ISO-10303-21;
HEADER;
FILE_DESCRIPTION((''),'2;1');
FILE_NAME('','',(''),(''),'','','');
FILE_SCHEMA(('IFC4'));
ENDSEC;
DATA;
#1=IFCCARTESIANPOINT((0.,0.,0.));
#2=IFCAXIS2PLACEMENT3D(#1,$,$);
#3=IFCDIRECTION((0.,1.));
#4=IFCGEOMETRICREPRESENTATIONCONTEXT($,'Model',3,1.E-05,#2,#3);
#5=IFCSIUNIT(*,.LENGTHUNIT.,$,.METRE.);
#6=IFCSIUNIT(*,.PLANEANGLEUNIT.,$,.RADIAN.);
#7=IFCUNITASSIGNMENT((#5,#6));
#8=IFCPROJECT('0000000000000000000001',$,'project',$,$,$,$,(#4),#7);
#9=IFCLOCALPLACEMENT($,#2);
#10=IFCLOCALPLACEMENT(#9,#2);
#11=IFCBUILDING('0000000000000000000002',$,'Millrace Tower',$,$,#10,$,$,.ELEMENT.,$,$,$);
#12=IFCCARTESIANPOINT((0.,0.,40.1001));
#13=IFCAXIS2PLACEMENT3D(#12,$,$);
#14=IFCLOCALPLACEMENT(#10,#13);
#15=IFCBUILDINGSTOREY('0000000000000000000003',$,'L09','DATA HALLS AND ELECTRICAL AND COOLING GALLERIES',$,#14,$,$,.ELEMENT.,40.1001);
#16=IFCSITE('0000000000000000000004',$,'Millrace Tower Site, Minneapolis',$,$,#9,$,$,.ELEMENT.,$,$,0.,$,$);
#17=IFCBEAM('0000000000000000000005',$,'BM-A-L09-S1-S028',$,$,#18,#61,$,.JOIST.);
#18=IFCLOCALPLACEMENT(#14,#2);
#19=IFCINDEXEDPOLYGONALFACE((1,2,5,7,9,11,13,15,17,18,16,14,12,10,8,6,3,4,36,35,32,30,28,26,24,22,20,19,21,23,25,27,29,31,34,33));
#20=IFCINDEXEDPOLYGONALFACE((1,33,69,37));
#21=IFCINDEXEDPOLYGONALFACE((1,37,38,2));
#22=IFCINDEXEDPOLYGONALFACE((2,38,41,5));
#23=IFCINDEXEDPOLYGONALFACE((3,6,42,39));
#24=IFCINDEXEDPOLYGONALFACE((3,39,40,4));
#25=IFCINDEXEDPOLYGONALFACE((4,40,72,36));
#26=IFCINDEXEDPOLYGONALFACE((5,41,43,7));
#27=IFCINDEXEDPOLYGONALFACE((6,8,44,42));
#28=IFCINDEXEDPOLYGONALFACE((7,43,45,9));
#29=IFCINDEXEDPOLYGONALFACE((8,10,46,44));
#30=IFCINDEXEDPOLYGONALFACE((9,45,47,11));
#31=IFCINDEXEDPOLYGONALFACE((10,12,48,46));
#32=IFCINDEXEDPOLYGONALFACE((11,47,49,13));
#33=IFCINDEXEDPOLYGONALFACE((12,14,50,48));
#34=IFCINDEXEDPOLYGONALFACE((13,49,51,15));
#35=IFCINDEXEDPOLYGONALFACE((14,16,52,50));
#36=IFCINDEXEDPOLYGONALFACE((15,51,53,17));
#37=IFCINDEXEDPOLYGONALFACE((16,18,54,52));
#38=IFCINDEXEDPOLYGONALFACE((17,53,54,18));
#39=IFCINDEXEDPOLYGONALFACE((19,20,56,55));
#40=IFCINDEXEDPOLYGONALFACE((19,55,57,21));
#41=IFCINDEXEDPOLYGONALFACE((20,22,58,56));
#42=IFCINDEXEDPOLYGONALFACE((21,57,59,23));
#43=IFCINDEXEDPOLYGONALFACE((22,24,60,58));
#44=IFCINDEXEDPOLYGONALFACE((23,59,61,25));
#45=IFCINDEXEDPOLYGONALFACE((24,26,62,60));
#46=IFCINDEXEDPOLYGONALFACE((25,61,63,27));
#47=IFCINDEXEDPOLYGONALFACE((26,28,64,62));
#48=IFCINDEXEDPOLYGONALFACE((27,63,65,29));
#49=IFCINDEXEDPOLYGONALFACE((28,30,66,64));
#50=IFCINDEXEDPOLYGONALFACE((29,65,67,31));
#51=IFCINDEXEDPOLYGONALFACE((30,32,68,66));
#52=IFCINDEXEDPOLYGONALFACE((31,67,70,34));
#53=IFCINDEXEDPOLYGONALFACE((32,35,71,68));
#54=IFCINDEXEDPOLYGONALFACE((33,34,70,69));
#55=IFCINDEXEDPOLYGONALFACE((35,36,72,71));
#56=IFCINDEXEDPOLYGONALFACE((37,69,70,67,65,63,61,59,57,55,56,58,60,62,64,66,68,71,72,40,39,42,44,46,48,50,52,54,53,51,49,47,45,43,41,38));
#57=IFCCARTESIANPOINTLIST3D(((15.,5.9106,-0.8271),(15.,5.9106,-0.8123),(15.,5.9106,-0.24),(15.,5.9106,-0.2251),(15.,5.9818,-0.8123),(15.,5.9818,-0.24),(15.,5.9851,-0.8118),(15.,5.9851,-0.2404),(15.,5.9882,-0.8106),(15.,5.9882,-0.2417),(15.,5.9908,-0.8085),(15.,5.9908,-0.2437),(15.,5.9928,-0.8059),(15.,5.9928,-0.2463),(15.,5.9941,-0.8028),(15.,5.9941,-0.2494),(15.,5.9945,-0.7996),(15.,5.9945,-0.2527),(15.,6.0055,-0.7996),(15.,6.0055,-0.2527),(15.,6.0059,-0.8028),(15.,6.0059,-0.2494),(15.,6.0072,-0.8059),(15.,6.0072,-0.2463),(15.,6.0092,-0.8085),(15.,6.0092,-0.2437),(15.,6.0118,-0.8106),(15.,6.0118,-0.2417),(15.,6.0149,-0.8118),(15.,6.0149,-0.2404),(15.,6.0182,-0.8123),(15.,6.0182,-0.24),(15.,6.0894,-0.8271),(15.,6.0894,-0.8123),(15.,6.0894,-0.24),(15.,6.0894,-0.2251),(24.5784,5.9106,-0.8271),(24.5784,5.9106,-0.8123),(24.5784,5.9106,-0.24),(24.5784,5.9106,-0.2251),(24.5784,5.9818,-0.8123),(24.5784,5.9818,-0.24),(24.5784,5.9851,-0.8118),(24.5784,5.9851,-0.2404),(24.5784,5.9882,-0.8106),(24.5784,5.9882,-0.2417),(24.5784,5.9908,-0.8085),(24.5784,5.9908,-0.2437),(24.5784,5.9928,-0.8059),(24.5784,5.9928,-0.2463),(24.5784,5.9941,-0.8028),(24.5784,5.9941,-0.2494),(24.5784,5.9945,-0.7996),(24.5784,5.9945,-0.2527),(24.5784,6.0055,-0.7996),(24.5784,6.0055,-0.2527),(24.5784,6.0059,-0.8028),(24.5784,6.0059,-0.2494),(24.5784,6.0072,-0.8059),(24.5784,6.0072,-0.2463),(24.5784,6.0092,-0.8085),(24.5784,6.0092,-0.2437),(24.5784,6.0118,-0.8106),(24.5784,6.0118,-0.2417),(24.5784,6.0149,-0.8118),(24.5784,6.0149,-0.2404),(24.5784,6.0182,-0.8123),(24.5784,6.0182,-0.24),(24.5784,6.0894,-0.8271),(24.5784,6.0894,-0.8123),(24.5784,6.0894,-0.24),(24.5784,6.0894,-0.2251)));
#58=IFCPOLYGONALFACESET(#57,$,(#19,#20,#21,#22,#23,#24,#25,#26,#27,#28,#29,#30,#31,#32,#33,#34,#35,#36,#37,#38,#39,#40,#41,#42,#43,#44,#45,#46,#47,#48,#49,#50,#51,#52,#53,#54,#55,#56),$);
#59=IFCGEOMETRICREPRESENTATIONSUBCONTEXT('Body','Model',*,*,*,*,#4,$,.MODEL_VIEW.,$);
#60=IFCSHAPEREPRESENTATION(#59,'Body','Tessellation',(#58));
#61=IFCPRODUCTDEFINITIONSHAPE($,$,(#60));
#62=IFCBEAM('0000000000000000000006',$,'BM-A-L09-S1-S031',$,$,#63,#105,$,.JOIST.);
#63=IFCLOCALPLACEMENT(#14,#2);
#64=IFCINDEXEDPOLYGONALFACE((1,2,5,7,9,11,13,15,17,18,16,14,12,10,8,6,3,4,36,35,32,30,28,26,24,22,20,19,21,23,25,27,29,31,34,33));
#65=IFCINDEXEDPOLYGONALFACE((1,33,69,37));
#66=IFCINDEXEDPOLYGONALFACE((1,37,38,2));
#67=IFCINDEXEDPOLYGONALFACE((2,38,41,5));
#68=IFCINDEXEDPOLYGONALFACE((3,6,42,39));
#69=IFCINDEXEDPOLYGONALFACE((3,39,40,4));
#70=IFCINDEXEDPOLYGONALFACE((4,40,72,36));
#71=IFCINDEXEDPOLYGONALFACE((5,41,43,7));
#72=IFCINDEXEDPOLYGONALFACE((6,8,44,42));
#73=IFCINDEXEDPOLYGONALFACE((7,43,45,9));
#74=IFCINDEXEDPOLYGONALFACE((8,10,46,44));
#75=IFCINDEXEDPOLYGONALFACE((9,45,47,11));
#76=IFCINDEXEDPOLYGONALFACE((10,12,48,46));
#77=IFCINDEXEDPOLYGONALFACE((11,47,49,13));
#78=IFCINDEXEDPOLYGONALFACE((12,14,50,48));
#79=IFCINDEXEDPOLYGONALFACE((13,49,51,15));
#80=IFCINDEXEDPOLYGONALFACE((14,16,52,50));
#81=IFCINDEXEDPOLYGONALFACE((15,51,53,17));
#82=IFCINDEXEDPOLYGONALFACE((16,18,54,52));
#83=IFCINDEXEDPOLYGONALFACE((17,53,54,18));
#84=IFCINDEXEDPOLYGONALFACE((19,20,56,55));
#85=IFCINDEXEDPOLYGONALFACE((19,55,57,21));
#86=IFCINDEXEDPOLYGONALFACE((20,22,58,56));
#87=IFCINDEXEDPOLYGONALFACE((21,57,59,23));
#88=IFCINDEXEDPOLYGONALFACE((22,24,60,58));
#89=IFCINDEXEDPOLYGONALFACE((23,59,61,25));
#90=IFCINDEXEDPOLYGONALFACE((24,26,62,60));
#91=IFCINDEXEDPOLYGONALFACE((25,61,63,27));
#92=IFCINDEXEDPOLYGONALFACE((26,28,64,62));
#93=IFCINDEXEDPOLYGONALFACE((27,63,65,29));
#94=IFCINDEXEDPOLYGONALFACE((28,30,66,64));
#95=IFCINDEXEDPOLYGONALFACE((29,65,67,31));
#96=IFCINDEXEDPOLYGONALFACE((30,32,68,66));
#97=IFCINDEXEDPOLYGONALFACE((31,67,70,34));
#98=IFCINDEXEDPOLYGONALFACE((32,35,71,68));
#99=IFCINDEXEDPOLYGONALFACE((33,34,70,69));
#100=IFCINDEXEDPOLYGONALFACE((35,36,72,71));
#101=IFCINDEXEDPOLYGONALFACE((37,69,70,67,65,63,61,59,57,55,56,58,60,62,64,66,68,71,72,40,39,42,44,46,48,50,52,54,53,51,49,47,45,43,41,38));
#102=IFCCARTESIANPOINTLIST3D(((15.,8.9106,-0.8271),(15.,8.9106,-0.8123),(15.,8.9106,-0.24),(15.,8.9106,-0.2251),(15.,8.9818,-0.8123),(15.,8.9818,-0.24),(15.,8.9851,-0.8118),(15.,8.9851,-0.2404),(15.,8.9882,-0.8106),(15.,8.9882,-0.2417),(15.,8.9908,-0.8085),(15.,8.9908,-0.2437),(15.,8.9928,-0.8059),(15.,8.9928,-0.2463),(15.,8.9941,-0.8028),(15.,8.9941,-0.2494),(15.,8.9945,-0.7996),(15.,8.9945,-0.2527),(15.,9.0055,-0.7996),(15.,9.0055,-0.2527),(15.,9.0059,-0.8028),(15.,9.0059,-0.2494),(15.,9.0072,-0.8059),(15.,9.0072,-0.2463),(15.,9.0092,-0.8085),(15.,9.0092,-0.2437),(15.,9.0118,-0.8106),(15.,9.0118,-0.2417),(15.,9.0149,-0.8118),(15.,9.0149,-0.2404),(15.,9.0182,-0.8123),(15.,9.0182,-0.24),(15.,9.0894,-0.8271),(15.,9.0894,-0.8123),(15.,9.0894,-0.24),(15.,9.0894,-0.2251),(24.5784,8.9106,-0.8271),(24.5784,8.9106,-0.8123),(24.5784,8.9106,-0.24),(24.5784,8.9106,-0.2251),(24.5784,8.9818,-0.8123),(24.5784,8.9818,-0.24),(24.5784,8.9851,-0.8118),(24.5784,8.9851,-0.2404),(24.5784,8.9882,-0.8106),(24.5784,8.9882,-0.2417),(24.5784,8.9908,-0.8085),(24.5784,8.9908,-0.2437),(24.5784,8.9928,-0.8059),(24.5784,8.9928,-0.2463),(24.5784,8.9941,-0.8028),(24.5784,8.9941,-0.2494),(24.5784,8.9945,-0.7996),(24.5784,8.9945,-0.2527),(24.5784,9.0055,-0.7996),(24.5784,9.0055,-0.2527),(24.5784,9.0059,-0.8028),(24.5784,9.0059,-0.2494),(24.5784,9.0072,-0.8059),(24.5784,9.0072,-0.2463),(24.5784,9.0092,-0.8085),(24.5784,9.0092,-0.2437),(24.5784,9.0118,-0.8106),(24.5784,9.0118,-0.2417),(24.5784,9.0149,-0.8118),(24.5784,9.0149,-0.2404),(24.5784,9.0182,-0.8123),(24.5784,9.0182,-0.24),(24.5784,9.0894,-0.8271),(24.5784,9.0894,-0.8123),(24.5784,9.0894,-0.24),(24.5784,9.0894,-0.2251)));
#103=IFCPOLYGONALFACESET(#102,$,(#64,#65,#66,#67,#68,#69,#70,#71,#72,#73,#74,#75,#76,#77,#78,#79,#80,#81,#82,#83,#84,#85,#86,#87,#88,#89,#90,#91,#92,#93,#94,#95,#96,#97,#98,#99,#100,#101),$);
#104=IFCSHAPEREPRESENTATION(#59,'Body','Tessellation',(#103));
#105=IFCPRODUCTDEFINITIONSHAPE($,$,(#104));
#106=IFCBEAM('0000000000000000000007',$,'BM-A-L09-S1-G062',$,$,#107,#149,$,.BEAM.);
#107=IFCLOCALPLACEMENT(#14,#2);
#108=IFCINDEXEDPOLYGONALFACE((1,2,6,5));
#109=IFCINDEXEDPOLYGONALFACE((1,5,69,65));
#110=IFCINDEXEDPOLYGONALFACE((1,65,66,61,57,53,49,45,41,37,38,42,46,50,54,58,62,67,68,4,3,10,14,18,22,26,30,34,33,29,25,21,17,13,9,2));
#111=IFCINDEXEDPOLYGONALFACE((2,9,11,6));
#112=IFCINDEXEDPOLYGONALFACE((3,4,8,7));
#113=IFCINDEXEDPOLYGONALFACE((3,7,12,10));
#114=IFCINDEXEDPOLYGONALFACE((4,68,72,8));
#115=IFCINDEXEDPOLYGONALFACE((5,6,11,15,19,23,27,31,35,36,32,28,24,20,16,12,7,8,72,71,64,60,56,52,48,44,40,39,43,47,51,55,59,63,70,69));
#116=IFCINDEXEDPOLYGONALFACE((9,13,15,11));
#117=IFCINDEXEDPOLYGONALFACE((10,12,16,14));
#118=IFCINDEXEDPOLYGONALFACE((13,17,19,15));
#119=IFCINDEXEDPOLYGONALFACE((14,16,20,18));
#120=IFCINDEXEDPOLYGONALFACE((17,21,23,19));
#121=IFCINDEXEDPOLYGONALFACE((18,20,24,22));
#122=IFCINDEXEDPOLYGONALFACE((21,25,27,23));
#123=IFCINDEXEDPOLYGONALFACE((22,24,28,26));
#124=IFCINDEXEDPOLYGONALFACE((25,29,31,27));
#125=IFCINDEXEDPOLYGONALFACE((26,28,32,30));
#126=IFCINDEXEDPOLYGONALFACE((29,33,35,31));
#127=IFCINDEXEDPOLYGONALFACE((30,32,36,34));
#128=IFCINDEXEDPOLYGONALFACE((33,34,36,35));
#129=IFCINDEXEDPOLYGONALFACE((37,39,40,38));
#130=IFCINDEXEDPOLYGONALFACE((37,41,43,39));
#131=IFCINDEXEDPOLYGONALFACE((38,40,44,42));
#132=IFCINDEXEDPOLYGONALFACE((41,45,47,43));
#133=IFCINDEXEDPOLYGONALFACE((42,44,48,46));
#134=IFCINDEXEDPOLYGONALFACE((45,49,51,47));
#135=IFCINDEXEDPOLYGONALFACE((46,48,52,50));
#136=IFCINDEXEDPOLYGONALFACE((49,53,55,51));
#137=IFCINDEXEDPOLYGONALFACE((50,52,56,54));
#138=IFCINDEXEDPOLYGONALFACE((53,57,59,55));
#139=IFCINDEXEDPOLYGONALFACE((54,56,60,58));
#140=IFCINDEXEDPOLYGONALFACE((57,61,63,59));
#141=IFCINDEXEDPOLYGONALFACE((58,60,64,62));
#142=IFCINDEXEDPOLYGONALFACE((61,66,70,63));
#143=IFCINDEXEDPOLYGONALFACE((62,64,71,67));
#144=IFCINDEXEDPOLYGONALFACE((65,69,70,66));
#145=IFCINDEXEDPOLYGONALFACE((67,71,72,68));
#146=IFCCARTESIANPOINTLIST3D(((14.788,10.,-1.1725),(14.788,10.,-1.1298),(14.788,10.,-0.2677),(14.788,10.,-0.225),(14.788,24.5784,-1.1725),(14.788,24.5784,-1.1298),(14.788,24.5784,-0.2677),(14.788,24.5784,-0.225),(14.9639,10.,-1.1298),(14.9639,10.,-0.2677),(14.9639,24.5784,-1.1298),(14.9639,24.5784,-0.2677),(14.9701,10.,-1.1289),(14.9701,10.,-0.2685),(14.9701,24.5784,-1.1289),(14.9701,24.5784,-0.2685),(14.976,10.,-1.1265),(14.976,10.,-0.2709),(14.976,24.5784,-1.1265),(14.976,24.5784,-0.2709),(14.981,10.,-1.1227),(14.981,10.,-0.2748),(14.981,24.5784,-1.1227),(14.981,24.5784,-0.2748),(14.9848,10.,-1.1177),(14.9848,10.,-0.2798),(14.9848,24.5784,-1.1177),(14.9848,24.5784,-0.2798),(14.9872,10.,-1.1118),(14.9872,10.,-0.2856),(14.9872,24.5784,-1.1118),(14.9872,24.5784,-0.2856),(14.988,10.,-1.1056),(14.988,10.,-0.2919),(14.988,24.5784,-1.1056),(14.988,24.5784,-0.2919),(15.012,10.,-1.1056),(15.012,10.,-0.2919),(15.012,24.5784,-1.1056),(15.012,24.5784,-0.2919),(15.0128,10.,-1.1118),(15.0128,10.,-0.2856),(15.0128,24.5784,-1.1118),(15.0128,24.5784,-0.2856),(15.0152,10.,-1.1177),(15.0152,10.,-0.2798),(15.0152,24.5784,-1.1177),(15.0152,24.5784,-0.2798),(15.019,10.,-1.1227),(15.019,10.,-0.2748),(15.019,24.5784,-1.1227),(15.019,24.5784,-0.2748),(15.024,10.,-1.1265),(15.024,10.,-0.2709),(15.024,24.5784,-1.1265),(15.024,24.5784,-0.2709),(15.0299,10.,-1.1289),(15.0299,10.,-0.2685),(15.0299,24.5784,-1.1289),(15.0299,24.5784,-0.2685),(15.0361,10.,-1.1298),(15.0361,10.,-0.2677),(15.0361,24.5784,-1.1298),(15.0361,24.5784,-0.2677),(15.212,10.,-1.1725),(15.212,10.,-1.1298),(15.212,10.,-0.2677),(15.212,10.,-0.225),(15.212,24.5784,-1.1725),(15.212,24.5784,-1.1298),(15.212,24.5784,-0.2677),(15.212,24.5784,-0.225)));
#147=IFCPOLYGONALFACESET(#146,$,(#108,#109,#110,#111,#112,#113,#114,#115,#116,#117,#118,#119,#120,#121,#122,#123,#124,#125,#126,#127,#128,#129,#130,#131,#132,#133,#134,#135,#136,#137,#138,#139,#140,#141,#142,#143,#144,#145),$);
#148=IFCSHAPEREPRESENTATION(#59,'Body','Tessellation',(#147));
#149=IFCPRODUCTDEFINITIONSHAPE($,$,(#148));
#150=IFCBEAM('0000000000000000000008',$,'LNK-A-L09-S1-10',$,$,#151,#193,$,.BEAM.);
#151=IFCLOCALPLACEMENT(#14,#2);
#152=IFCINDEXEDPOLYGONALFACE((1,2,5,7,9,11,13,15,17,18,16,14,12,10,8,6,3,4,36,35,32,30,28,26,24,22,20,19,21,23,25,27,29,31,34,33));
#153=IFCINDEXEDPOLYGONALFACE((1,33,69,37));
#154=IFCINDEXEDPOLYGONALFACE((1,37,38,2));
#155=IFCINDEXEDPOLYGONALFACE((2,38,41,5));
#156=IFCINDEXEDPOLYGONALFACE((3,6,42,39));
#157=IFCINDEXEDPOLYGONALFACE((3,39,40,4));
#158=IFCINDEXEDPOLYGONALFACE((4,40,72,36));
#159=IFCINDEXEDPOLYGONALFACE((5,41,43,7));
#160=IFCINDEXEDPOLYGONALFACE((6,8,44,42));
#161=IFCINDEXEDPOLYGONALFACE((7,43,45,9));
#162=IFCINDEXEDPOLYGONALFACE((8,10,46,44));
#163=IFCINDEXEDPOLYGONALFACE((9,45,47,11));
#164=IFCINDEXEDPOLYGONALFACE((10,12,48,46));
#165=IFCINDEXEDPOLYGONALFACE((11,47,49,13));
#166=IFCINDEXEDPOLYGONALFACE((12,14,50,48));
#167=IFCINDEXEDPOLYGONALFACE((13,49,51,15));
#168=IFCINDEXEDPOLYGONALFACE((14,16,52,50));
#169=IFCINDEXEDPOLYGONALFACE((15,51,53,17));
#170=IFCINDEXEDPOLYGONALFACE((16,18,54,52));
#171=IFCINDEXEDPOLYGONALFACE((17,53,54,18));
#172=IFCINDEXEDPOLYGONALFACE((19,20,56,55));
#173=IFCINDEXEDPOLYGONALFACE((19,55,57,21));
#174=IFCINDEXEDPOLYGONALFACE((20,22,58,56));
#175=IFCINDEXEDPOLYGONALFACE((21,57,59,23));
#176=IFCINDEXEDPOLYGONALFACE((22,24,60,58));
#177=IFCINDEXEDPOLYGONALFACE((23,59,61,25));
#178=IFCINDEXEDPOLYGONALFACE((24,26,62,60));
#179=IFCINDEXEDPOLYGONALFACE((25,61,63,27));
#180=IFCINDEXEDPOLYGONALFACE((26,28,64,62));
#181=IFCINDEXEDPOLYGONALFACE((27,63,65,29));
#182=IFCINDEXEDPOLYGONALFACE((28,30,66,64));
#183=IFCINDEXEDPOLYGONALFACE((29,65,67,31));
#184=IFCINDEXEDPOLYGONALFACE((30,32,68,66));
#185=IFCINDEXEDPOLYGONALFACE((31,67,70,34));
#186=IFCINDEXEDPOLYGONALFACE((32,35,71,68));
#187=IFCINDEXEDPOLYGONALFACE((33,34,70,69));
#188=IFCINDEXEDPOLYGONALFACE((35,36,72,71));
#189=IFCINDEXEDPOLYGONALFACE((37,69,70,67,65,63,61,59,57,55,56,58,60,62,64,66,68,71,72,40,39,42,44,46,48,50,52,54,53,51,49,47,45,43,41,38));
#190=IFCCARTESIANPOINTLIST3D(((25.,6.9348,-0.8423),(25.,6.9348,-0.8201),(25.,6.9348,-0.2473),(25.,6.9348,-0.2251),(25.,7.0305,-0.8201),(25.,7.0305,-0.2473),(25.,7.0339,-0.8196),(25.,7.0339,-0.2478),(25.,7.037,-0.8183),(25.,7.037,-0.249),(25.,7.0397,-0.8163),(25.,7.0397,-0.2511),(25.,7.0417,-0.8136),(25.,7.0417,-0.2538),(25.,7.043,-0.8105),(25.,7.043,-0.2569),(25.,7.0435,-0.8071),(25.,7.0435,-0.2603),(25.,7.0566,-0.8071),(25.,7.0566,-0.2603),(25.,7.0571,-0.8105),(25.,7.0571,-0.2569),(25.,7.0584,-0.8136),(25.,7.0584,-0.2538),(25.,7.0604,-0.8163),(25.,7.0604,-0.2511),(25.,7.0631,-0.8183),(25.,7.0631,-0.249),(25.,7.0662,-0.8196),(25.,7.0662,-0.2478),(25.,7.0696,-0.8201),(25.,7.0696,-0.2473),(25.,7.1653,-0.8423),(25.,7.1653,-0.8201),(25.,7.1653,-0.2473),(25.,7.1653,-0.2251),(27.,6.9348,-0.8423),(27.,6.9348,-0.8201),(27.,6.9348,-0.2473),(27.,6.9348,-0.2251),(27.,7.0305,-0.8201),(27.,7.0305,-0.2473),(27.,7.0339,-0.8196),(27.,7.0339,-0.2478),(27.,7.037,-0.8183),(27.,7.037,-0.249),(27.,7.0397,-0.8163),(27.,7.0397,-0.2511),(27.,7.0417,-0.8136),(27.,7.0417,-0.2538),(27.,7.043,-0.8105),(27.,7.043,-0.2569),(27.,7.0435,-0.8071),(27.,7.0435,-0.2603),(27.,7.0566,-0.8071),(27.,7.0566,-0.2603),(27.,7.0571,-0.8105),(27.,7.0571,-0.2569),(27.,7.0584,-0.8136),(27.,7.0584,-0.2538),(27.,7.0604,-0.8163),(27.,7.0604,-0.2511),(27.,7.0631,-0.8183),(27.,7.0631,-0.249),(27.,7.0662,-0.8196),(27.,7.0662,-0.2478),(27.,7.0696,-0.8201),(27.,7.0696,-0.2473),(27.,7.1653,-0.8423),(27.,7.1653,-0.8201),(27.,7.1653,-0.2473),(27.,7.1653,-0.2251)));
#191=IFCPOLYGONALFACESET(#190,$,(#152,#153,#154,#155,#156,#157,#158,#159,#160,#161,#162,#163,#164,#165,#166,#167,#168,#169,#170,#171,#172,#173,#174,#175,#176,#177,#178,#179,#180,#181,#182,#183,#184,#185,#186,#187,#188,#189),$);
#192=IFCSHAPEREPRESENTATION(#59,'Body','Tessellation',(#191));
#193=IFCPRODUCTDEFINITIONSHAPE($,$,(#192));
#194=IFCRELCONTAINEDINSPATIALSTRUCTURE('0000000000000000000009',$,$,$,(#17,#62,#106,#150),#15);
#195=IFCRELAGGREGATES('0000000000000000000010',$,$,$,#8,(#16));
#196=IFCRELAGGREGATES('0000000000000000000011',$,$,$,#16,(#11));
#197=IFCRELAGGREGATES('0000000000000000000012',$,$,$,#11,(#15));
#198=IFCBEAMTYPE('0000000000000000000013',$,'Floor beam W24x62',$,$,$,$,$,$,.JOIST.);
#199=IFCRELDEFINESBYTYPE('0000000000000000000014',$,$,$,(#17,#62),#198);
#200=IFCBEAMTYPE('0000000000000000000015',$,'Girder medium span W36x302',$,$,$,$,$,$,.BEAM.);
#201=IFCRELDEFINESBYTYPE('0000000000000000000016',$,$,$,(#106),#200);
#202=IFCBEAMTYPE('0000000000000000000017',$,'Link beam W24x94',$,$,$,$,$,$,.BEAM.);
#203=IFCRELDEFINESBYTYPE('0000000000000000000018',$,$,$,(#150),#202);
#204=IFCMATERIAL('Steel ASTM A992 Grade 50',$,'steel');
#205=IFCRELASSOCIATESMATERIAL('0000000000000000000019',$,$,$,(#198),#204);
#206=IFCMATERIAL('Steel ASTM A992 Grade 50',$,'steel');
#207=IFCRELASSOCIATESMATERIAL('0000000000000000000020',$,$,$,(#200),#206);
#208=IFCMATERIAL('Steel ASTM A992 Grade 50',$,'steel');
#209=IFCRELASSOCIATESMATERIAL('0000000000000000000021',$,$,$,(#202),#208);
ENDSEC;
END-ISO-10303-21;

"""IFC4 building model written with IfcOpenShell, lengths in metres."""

from ifc_helpers import new_model, si_unit, direction, frame, origin, origin_2d, place, context, subcontext, project, spatial, i_section, extrude, material, material_profile, profile_set, type_object, element, save


model = new_model("IFC4")

# Units and contexts
model_context = context("Model", 3, precision=1e-05, world=origin(), true_north=direction((0.0, 1.0)))
body_context = subcontext(model_context, "Body", "Model", "MODEL_VIEW")
ifc_project = project(units=[si_unit("LENGTHUNIT", "METRE"), si_unit("PLANEANGLEUNIT", "RADIAN")], contexts=[model_context])

# Site, building, storey
site_placement = place(None, origin())
site = spatial("IfcSite", under=ifc_project, at=site_placement, Name="Millrace Tower Site, Minneapolis", CompositionType="ELEMENT", RefElevation=0.0)
building_placement = place(site_placement, origin())
building = spatial("IfcBuilding", under=site, at=building_placement, Name="Millrace Tower", CompositionType="ELEMENT")
storey_placement = place(building_placement, frame((0.0, 0.0, 40.1001)))
storey = spatial("IfcBuildingStorey", under=building, at=storey_placement, Name="L09", Description="DATA HALLS AND ELECTRICAL AND COOLING GALLERIES", CompositionType="ELEMENT", Elevation=40.1001)

# Beams
ifc_material_1 = material(Name="Steel ASTM A992 Grade 50", Category="steel")
ifc_material_profile_1 = material_profile(ifc_material_1, i_section(OverallWidth=0.1787, OverallDepth=0.6021, WebThickness=0.011, FlangeThickness=0.0149, FilletRadius=0.0127, at=origin_2d()))
ifc_profile_set_1 = profile_set([ifc_material_profile_1], Name="Steel ASTM A992 Grade 50")
beam_type_1 = type_object("IfcBeamType", Name="Floor beam W24x62", PredefinedType="JOIST", material=ifc_profile_set_1)
for number, where, z_axis, x_axis, name in (
    (1, (15.0, 6.0, -0.5261), (1.0, 0.0, 0.0), (0.0, 1.0, 0.0), "BM-A-L09-S1-S028"),
    (2, (15.0, 9.0, -0.5261), (1.0, 0.0, 0.0), (0.0, 1.0, 0.0), "BM-A-L09-S1-S031"),
):
    element("IfcBeam", number, at=place(storey_placement, frame(where, z_axis=z_axis, x_axis=x_axis)), inside=storey, type_object=beam_type_1, Name=name, PredefinedType="JOIST", context=body_context, shape_type="SweptSolid", body=[
        extrude(i_section(OverallWidth=0.1787, OverallDepth=0.6021, WebThickness=0.011, FlangeThickness=0.0149, FilletRadius=0.0127, at=origin_2d()), origin(), (0.0, 0.0, 1.0), 9.5784),
    ])
ifc_material_2 = material(Name="Steel ASTM A992 Grade 50", Category="steel")
ifc_material_profile_2 = material_profile(ifc_material_2, i_section(OverallWidth=0.4241, OverallDepth=0.9475, WebThickness=0.0239, FlangeThickness=0.0427, FilletRadius=0.0242, at=origin_2d()))
ifc_profile_set_2 = profile_set([ifc_material_profile_2], Name="Steel ASTM A992 Grade 50")
beam_type_2 = type_object("IfcBeamType", Name="Girder medium span W36x302", PredefinedType="BEAM", material=ifc_profile_set_2)
beam_1_placement = place(storey_placement, frame((15.0, 10.0, -0.6987), z_axis=(0.0, 1.0, 0.0), x_axis=(-1.0, 0.0, 0.0)))
element("IfcBeam", 3, at=beam_1_placement, inside=storey, type_object=beam_type_2, Name="BM-A-L09-S1-G062", PredefinedType="BEAM", context=body_context, shape_type="SweptSolid", body=[
    extrude(i_section(OverallWidth=0.4241, OverallDepth=0.9475, WebThickness=0.0239, FlangeThickness=0.0427, FilletRadius=0.0242, at=origin_2d()), origin(), (0.0, 0.0, 1.0), 14.5784),
])
ifc_material_3 = material(Name="Steel ASTM A992 Grade 50", Category="steel")
ifc_material_profile_3 = material_profile(ifc_material_3, i_section(OverallWidth=0.2305, OverallDepth=0.6172, WebThickness=0.0132, FlangeThickness=0.0222, FilletRadius=0.0129, at=origin_2d()))
ifc_profile_set_3 = profile_set([ifc_material_profile_3], Name="Steel ASTM A992 Grade 50")
beam_type_3 = type_object("IfcBeamType", Name="Link beam W24x94", PredefinedType="BEAM", material=ifc_profile_set_3)
beam_2_placement = place(storey_placement, frame((25.0, 7.05, -0.5337), z_axis=(1.0, 0.0, 0.0), x_axis=(0.0, 1.0, 0.0)))
element("IfcBeam", 4, at=beam_2_placement, inside=storey, type_object=beam_type_3, Name="LNK-A-L09-S1-10", PredefinedType="BEAM", context=body_context, shape_type="SweptSolid", body=[
    extrude(i_section(OverallWidth=0.2305, OverallDepth=0.6172, WebThickness=0.0132, FlangeThickness=0.0222, FilletRadius=0.0129, at=origin_2d()), origin(), (0.0, 0.0, 1.0), 2.0),
])

save(model, "model.ifc")
